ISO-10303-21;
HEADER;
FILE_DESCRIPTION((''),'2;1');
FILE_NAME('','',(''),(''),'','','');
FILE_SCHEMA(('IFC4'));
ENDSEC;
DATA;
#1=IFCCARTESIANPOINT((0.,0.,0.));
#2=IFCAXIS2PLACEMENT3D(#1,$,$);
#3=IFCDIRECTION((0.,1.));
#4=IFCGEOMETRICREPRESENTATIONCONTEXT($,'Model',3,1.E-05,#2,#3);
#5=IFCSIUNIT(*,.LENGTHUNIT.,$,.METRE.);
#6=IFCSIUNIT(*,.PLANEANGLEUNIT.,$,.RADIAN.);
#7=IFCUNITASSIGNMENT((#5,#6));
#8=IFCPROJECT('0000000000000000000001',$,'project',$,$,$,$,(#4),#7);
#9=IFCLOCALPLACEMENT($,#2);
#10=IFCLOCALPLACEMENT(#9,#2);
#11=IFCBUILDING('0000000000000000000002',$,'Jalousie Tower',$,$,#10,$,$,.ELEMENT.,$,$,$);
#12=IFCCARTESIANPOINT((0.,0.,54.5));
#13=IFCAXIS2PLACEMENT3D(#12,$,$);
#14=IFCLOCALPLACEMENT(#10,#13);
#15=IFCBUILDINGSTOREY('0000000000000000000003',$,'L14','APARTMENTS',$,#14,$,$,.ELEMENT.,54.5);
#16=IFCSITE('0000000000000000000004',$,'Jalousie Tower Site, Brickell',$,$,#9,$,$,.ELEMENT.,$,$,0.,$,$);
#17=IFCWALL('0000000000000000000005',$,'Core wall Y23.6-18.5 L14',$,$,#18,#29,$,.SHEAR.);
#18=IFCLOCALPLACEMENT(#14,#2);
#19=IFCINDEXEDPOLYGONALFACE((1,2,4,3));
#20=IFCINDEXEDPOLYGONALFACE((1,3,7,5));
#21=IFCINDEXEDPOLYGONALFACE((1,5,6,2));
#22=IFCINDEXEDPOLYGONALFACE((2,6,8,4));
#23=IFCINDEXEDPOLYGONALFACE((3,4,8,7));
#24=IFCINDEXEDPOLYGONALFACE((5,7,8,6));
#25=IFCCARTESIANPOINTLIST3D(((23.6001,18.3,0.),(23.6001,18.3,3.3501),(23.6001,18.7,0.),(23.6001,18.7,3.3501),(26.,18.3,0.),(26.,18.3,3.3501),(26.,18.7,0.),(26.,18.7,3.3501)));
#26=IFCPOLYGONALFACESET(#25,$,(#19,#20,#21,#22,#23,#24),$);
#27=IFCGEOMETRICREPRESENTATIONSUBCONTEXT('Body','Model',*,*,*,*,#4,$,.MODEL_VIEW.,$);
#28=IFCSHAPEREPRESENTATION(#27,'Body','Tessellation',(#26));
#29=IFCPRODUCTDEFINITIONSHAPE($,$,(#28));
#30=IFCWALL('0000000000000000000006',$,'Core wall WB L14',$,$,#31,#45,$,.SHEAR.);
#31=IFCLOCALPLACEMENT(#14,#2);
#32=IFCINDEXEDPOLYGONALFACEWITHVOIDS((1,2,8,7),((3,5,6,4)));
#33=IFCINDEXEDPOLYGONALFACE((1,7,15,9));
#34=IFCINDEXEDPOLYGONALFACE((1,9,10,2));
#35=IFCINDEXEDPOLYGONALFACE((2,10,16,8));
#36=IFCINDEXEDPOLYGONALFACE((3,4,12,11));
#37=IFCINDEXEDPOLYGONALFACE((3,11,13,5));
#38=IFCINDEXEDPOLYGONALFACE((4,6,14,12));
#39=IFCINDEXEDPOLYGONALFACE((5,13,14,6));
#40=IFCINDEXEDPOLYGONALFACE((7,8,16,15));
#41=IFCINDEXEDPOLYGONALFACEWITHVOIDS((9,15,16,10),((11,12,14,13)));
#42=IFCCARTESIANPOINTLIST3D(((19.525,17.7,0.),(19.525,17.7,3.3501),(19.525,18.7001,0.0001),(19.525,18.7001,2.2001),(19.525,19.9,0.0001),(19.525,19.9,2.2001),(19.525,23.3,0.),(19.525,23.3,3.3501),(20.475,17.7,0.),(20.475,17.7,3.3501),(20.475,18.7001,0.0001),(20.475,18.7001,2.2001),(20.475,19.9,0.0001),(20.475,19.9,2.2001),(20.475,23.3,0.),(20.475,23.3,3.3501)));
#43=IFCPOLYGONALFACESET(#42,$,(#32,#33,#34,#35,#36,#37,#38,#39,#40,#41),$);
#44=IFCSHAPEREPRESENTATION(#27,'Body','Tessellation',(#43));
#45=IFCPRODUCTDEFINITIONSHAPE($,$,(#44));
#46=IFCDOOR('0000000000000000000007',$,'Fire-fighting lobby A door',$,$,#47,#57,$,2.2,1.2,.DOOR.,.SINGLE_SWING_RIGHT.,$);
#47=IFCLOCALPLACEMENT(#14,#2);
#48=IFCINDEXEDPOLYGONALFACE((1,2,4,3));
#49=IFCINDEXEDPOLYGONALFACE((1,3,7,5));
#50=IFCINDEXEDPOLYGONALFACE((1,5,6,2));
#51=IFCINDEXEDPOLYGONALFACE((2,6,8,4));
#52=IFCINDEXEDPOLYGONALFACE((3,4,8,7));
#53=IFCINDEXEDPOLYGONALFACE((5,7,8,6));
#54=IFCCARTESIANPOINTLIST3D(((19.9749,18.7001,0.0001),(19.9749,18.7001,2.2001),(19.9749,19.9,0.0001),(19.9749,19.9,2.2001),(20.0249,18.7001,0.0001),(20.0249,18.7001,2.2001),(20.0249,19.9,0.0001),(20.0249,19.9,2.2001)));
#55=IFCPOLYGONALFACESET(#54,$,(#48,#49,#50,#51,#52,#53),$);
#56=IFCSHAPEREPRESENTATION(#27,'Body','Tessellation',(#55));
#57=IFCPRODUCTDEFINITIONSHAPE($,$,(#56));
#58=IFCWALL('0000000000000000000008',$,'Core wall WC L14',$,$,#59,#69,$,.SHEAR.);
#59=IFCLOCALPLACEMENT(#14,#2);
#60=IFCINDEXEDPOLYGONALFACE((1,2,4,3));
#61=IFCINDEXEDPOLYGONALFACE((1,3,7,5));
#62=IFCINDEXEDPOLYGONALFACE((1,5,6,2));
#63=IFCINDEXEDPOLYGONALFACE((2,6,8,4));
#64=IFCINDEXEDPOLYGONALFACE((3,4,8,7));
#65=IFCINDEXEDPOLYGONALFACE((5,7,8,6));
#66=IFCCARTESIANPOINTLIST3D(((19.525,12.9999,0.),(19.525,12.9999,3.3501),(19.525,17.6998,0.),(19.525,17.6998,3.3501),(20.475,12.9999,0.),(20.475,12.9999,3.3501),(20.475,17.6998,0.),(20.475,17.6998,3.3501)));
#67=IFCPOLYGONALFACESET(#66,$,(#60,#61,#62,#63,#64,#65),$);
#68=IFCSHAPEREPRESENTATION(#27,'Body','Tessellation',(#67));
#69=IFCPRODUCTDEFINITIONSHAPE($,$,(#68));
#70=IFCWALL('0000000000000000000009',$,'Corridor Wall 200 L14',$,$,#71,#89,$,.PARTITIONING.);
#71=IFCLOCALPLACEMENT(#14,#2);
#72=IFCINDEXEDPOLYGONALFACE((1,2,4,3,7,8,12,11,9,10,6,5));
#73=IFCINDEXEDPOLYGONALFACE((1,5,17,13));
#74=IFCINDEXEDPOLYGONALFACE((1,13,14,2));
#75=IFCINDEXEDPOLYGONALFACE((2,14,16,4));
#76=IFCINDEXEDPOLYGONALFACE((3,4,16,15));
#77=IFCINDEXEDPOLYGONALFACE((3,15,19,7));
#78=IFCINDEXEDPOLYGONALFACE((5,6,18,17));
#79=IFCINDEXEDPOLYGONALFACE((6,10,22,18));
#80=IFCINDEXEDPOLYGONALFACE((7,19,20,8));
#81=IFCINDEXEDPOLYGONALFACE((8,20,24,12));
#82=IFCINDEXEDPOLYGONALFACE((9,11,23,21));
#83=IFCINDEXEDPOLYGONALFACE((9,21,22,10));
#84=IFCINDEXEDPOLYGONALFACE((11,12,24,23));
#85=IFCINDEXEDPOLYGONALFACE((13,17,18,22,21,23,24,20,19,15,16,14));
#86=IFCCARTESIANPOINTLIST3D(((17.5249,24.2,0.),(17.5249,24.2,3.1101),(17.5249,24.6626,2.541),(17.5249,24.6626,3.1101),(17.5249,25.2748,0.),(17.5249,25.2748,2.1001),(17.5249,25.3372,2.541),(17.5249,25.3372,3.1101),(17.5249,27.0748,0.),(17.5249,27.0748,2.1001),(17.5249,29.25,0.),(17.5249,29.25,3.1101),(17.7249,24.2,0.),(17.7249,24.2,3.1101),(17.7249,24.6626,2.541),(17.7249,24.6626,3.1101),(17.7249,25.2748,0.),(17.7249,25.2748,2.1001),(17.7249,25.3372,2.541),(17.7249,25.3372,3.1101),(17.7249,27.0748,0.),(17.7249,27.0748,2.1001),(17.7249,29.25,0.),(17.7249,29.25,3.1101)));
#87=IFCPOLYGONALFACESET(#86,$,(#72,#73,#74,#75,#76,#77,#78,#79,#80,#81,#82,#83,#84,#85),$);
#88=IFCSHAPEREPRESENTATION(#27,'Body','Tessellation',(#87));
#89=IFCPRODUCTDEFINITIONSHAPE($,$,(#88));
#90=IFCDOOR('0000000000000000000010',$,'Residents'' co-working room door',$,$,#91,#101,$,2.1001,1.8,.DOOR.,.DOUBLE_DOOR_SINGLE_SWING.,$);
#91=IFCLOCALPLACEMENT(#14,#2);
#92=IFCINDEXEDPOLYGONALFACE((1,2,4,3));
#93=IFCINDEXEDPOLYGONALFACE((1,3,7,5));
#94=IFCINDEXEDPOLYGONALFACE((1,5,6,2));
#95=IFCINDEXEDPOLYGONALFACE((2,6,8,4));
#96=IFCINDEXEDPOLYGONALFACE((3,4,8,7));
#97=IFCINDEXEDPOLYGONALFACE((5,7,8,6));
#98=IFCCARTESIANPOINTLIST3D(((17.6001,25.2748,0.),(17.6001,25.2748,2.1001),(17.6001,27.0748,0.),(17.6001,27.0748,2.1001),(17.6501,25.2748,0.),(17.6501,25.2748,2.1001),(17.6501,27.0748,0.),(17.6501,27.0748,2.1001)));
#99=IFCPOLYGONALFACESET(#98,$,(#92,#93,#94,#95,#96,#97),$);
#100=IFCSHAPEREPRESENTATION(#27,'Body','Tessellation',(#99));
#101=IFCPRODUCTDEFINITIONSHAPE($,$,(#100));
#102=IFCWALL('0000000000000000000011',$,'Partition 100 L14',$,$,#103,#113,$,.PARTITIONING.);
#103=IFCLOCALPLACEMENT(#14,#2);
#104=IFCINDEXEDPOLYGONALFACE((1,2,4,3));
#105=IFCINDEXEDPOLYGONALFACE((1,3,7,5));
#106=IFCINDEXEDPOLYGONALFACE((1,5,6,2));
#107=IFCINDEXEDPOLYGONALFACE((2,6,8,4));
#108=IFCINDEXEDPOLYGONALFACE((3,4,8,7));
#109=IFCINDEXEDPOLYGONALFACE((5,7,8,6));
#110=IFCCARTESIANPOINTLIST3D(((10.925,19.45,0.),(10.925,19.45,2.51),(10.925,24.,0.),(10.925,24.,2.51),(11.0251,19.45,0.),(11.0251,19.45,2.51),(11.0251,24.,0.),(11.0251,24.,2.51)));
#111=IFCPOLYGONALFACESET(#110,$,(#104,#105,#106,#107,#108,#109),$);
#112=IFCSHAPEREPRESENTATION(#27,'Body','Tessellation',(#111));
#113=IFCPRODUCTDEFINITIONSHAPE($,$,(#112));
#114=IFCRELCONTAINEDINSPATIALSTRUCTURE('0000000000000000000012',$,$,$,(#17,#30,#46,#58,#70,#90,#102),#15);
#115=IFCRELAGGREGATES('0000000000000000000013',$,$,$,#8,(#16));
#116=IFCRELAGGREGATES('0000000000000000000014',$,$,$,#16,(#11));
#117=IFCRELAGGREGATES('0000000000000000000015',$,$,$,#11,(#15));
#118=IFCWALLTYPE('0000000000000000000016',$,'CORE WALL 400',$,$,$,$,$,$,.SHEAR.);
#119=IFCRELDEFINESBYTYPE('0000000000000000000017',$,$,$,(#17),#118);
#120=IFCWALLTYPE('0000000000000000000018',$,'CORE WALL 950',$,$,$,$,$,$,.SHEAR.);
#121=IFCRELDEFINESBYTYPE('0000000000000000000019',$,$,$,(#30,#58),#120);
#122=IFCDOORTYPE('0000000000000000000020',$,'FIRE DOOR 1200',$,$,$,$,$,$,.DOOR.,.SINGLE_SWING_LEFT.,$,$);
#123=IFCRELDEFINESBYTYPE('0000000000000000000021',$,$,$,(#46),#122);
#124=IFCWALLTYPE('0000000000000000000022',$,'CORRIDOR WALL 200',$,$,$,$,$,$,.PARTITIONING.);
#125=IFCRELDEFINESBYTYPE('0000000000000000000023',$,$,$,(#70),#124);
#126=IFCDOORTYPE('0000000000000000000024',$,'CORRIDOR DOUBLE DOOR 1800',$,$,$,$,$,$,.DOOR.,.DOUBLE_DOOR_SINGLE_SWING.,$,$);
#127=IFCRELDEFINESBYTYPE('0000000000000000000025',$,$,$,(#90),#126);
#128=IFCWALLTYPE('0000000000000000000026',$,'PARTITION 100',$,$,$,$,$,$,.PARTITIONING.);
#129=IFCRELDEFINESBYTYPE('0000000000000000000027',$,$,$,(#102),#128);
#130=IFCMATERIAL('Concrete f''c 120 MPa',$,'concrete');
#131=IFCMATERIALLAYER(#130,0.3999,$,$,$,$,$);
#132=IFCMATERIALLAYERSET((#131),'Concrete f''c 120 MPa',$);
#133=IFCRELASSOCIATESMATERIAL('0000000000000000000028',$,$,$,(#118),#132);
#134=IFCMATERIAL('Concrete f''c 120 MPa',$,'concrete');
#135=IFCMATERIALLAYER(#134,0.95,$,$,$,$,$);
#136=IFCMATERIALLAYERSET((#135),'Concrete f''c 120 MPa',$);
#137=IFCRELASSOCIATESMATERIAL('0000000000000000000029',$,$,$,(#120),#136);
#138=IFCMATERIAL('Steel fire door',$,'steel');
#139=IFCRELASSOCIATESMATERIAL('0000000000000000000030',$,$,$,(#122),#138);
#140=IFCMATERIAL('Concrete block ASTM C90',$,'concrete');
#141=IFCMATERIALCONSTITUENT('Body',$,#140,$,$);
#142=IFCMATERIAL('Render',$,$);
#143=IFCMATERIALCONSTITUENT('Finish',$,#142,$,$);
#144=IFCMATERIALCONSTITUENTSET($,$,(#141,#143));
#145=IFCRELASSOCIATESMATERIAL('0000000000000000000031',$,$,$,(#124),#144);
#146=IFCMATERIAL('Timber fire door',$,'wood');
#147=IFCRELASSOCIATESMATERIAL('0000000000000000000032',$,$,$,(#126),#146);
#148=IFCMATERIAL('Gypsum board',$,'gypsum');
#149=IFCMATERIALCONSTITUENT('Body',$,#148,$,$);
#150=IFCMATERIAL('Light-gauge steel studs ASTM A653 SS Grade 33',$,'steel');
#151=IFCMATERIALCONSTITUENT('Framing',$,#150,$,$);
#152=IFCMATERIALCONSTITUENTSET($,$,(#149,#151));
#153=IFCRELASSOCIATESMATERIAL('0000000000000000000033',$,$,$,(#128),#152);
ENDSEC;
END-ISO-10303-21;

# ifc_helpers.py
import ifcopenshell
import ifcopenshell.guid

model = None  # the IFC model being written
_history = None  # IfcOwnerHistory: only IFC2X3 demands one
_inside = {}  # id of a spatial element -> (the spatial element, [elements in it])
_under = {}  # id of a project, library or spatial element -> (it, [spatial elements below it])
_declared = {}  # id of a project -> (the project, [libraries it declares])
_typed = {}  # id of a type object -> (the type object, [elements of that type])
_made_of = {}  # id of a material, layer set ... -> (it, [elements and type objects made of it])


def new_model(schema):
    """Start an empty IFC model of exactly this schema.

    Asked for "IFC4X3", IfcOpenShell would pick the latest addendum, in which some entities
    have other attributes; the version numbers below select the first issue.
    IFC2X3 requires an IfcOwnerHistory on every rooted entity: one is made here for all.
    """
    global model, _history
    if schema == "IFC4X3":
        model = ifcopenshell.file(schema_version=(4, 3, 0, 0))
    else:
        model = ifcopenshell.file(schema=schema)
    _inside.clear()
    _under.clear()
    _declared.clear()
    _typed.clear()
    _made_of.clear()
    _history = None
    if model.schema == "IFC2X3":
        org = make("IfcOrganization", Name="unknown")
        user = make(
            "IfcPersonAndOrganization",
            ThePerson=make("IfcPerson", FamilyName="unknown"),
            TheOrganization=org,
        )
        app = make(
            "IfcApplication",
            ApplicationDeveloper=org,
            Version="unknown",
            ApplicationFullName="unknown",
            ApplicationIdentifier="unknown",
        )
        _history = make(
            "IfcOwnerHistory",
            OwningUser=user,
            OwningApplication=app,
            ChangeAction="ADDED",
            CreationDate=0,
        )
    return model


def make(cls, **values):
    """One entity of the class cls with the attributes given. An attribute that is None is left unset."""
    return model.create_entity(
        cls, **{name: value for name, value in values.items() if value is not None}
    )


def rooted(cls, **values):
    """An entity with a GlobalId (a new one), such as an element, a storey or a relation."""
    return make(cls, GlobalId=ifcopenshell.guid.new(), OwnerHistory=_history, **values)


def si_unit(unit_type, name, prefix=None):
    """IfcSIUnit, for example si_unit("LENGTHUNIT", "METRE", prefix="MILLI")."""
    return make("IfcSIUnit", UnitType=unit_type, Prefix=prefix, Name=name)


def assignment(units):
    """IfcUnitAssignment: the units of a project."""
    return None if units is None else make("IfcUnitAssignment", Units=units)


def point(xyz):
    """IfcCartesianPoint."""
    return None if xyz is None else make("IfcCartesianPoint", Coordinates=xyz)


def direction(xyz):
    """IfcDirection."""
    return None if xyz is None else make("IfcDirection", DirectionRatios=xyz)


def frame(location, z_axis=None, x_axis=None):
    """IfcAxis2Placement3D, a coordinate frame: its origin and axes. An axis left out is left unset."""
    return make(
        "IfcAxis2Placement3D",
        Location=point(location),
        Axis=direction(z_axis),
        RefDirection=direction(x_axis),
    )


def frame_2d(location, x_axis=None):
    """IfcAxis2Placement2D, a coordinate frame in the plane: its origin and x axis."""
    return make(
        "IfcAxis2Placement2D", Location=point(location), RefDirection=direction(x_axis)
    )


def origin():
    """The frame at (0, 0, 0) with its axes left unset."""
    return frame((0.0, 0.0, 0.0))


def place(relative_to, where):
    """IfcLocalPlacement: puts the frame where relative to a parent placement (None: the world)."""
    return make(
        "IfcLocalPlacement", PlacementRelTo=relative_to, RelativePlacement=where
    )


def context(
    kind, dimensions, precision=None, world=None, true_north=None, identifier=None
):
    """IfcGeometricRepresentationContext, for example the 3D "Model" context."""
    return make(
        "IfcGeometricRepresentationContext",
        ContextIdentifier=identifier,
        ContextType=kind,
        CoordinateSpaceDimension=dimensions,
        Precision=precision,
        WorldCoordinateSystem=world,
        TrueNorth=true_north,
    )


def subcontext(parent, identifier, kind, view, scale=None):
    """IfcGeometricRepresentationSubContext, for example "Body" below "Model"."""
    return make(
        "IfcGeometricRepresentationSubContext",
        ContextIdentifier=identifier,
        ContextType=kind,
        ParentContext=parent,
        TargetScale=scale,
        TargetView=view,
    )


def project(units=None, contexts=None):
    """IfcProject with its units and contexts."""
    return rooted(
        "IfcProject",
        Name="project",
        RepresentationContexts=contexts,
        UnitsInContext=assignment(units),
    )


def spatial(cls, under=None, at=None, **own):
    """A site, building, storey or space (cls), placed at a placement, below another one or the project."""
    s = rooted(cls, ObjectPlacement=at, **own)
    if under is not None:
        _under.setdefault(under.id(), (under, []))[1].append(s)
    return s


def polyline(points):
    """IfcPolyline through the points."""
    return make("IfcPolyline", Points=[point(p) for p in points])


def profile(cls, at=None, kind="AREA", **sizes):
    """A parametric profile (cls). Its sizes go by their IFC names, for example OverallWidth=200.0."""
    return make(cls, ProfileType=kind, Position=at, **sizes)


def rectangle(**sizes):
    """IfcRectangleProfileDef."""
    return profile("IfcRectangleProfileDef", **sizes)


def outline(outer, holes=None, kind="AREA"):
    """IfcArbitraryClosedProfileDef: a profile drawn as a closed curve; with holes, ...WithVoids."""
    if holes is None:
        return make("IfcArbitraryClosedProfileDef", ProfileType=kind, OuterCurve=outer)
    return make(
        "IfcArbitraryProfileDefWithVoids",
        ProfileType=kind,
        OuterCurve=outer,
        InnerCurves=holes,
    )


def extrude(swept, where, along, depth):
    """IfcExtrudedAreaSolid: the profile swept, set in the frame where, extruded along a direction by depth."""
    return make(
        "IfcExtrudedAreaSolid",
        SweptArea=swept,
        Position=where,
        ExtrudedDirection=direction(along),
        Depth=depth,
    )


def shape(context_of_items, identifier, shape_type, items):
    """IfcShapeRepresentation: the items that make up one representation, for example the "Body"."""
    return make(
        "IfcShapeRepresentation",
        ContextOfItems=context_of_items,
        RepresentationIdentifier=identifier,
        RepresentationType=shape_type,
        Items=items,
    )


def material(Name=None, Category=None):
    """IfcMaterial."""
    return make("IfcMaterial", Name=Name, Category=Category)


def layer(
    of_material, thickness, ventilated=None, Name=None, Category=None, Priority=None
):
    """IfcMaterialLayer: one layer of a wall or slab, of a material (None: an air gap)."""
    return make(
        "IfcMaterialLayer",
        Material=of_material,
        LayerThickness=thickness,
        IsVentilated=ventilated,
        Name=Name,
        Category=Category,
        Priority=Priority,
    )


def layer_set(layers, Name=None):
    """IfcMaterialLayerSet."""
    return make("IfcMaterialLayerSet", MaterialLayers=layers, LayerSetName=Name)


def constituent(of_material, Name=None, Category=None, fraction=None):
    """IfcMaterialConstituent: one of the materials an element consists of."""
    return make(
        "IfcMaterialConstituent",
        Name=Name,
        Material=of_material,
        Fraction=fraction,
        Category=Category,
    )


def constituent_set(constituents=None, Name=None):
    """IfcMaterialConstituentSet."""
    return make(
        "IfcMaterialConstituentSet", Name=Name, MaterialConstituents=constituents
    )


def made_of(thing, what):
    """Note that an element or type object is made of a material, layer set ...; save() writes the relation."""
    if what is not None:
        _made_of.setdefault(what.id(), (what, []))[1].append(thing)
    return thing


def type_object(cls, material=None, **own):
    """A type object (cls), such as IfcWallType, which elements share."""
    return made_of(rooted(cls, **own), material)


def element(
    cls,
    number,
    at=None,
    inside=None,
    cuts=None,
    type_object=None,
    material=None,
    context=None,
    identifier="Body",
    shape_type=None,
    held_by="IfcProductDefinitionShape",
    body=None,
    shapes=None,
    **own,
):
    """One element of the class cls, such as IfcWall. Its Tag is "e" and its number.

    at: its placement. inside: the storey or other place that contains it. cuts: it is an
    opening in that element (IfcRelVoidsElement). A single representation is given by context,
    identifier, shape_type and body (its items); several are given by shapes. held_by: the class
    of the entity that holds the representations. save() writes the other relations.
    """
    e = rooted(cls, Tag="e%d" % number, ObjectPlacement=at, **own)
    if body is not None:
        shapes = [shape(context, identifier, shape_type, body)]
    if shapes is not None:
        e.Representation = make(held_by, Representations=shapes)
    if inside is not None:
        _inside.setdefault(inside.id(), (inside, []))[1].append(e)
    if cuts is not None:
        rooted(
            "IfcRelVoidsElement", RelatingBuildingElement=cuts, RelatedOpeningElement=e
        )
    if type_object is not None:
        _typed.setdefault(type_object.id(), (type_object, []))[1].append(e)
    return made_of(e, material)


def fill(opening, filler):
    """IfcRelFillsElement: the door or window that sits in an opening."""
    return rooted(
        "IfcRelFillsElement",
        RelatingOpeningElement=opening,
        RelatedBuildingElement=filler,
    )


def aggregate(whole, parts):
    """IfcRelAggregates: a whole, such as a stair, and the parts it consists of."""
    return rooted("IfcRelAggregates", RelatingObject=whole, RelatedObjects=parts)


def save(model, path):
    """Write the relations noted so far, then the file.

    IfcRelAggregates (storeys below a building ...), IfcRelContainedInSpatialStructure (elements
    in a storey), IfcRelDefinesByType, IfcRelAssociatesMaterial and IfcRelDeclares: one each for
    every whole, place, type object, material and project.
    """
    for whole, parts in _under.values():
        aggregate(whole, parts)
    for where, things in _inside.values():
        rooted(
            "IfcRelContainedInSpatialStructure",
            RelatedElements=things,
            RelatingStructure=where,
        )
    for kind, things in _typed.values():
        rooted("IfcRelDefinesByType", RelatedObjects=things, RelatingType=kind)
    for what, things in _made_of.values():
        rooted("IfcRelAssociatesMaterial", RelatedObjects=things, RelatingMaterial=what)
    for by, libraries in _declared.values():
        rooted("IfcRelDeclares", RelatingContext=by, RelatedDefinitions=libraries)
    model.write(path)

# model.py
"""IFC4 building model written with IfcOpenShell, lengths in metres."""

from ifc_helpers import new_model, si_unit, direction, frame, frame_2d, origin, place, context, subcontext, project, spatial, polyline, rectangle, outline, extrude, material, layer, layer_set, constituent, constituent_set, type_object, element, fill, save


model = new_model("IFC4")

# Units and contexts
model_context = context("Model", 3, precision=1e-05, world=origin(), true_north=direction((0.0, 1.0)))
body_context = subcontext(model_context, "Body", "Model", "MODEL_VIEW")
ifc_project = project(units=[si_unit("LENGTHUNIT", "METRE"), si_unit("PLANEANGLEUNIT", "RADIAN")], contexts=[model_context])

# Site, building, storey
site_placement = place(None, origin())
site = spatial("IfcSite", under=ifc_project, at=site_placement, Name="Jalousie Tower Site, Brickell", CompositionType="ELEMENT", RefElevation=0.0)
building_placement = place(site_placement, origin())
building = spatial("IfcBuilding", under=site, at=building_placement, Name="Jalousie Tower", CompositionType="ELEMENT")
storey_placement = place(building_placement, frame((0.0, 0.0, 54.5)))
storey = spatial("IfcBuildingStorey", under=building, at=storey_placement, Name="L14", Description="APARTMENTS", CompositionType="ELEMENT", Elevation=54.5)

# Shared definitions
ifc_material_1 = material(Name="Concrete f'c 120 MPa", Category="concrete")
ifc_layer_1 = layer(ifc_material_1, 0.3999)
ifc_layer_set_1 = layer_set([ifc_layer_1], Name="Concrete f'c 120 MPa")
wall_type_1 = type_object("IfcWallType", Name="CORE WALL 400", PredefinedType="SHEAR", material=ifc_layer_set_1)

# Wall
wall_1_placement = place(storey_placement, frame((23.6001, 18.5, 0.0), z_axis=(0.0, 0.0, 1.0), x_axis=(1.0, 0.0, 0.0)))
element("IfcWall", 1, at=wall_1_placement, inside=storey, type_object=wall_type_1, Name="Core wall Y23.6-18.5 L14", PredefinedType="SHEAR", context=body_context, shape_type="SweptSolid", body=[
    extrude(rectangle(XDim=2.3999, YDim=0.3999, at=frame_2d((1.2, 0.0))), origin(), (0.0, 0.0, 1.0), 3.3501),
])

# Wall, opening, door
ifc_material_2 = material(Name="Concrete f'c 120 MPa", Category="concrete")
ifc_layer_2 = layer(ifc_material_2, 0.95)
ifc_layer_set_2 = layer_set([ifc_layer_2], Name="Concrete f'c 120 MPa")
wall_type_2 = type_object("IfcWallType", Name="CORE WALL 950", PredefinedType="SHEAR", material=ifc_layer_set_2)
wall_2_placement = place(storey_placement, frame((20.0, 23.3, 0.0), z_axis=(0.0, 0.0, 1.0), x_axis=(0.0, -1.0, 0.0)))
wall_2 = element("IfcWall", 2, at=wall_2_placement, inside=storey, type_object=wall_type_2, Name="Core wall WB L14", PredefinedType="SHEAR", context=body_context, shape_type="SweptSolid", body=[
    extrude(rectangle(XDim=5.6001, YDim=0.95, at=frame_2d((2.8, 0.0))), origin(), (0.0, 0.0, 1.0), 3.3501),
])
opening_1_placement = place(wall_2_placement, frame((3.3999, 0.0, 0.0)))
opening_1 = element("IfcOpeningElement", 3, at=opening_1_placement, cuts=wall_2, PredefinedType="OPENING", context=body_context, shape_type="SweptSolid", body=[
    extrude(rectangle(XDim=1.2, YDim=2.2, at=frame_2d((0.6001, 1.1001))), frame((0.0, 0.4849, 0.0), z_axis=(0.0, -1.0, 0.0), x_axis=(1.0, 0.0, 0.0)), (0.0, 0.0, 1.0), 0.97),
])
ifc_material_3 = material(Name="Steel fire door", Category="steel")
door_type_1 = type_object("IfcDoorType", Name="FIRE DOOR 1200", OperationType="SINGLE_SWING_LEFT", PredefinedType="DOOR", material=ifc_material_3)
door_1_placement = place(opening_1_placement, origin())
door_1 = element("IfcDoor", 4, at=door_1_placement, inside=storey, type_object=door_type_1, Name="Fire-fighting lobby A door", OperationType="SINGLE_SWING_RIGHT", OverallHeight=2.2, OverallWidth=1.2, PredefinedType="DOOR", context=body_context, shape_type="SweptSolid", body=[
    extrude(rectangle(XDim=1.2, YDim=2.2, at=frame_2d((0.6001, 1.1001))), frame((0.0, 0.0249, 0.0), z_axis=(0.0, -1.0, 0.0), x_axis=(1.0, 0.0, 0.0)), (0.0, 0.0, 1.0), 0.05),
])
fill(opening_1, door_1)

# Wall
wall_3_placement = place(storey_placement, frame((20.0, 17.7, 0.0), z_axis=(0.0, 0.0, 1.0), x_axis=(0.0, -1.0, 0.0)))
element("IfcWall", 5, at=wall_3_placement, inside=storey, type_object=wall_type_2, Name="Core wall WC L14", PredefinedType="SHEAR", context=body_context, shape_type="SweptSolid", body=[
    extrude(rectangle(XDim=4.7, YDim=0.95, at=frame_2d((2.3501, 0.0))), origin(), (0.0, 0.0, 1.0), 3.3501),
])

# Wall, opening, door
ifc_material_4 = material(Name="Concrete block ASTM C90", Category="concrete")
ifc_constituent_1 = constituent(ifc_material_4, Name="Body")
ifc_material_5 = material(Name="Render")
ifc_constituent_2 = constituent(ifc_material_5, Name="Finish")
ifc_constituent_set_1 = constituent_set(constituents=[ifc_constituent_1, ifc_constituent_2])
wall_type_3 = type_object("IfcWallType", Name="CORRIDOR WALL 200", PredefinedType="PARTITIONING", material=ifc_constituent_set_1)
wall_4_placement = place(storey_placement, frame((17.625, 24.2, 0.0), z_axis=(0.0, 0.0, 1.0), x_axis=(0.0, 1.0, 0.0)))
wall_4 = element("IfcWall", 6, at=wall_4_placement, inside=storey, type_object=wall_type_3, Name="Corridor Wall 200 L14", PredefinedType="PARTITIONING", context=body_context, shape_type="SweptSolid", body=[
    extrude(outline(polyline([(0.0, 0.0), (5.05, 0.0), (5.05, 3.1101), (1.1372, 3.1101), (1.1372, 2.541), (0.4626, 2.541), (0.4626, 3.1101), (0.0, 3.1101), (0.0, 0.0)])), frame((0.0, 0.1001, 0.0), z_axis=(0.0, -1.0, 0.0), x_axis=(1.0, 0.0, 0.0)), (0.0, 0.0, 1.0), 0.2),
])
opening_2_placement = place(wall_4_placement, frame((1.075, 0.0, 0.0)))
opening_2 = element("IfcOpeningElement", 7, at=opening_2_placement, cuts=wall_4, PredefinedType="OPENING", context=body_context, shape_type="SweptSolid", body=[
    extrude(rectangle(XDim=1.8, YDim=2.1001, at=frame_2d((0.8999, 1.05))), frame((0.0, 0.1099, 0.0), z_axis=(0.0, -1.0, 0.0), x_axis=(1.0, 0.0, 0.0)), (0.0, 0.0, 1.0), 0.22),
])
ifc_material_6 = material(Name="Timber fire door", Category="wood")
door_type_2 = type_object("IfcDoorType", Name="CORRIDOR DOUBLE DOOR 1800", OperationType="DOUBLE_DOOR_SINGLE_SWING", PredefinedType="DOOR", material=ifc_material_6)
door_2_placement = place(opening_2_placement, origin())
door_2 = element("IfcDoor", 8, at=door_2_placement, inside=storey, type_object=door_type_2, Name="Residents' co-working room door", OperationType="DOUBLE_DOOR_SINGLE_SWING", OverallHeight=2.1001, OverallWidth=1.8, PredefinedType="DOOR", context=body_context, shape_type="SweptSolid", body=[
    extrude(rectangle(XDim=1.8, YDim=2.1001, at=frame_2d((0.8999, 1.05))), frame((0.0, 0.0249, 0.0), z_axis=(0.0, -1.0, 0.0), x_axis=(1.0, 0.0, 0.0)), (0.0, 0.0, 1.0), 0.05),
])
fill(opening_2, door_2)

# Wall
ifc_material_7 = material(Name="Gypsum board", Category="gypsum")
ifc_constituent_3 = constituent(ifc_material_7, Name="Body")
ifc_material_8 = material(Name="Light-gauge steel studs ASTM A653 SS Grade 33", Category="steel")
ifc_constituent_4 = constituent(ifc_material_8, Name="Framing")
ifc_constituent_set_2 = constituent_set(constituents=[ifc_constituent_3, ifc_constituent_4])
wall_type_4 = type_object("IfcWallType", Name="PARTITION 100", PredefinedType="PARTITIONING", material=ifc_constituent_set_2)
wall_5_placement = place(storey_placement, frame((10.9751, 19.45, 0.0), z_axis=(0.0, 0.0, 1.0), x_axis=(0.0, 1.0, 0.0)))
element("IfcWall", 9, at=wall_5_placement, inside=storey, type_object=wall_type_4, Name="Partition 100 L14", PredefinedType="PARTITIONING", context=body_context, shape_type="SweptSolid", body=[
    extrude(outline(polyline([(0.0, 0.0), (4.55, 0.0), (4.55, 3.1101), (4.55, 2.51), (0.0, 2.51), (0.0, 3.1101), (0.0, 0.0)])), frame((0.0, 0.05, 0.0), z_axis=(0.0, -1.0, 0.0), x_axis=(1.0, 0.0, 0.0)), (0.0, 0.0, 1.0), 0.1001),
])

save(model, "model.ifc")
